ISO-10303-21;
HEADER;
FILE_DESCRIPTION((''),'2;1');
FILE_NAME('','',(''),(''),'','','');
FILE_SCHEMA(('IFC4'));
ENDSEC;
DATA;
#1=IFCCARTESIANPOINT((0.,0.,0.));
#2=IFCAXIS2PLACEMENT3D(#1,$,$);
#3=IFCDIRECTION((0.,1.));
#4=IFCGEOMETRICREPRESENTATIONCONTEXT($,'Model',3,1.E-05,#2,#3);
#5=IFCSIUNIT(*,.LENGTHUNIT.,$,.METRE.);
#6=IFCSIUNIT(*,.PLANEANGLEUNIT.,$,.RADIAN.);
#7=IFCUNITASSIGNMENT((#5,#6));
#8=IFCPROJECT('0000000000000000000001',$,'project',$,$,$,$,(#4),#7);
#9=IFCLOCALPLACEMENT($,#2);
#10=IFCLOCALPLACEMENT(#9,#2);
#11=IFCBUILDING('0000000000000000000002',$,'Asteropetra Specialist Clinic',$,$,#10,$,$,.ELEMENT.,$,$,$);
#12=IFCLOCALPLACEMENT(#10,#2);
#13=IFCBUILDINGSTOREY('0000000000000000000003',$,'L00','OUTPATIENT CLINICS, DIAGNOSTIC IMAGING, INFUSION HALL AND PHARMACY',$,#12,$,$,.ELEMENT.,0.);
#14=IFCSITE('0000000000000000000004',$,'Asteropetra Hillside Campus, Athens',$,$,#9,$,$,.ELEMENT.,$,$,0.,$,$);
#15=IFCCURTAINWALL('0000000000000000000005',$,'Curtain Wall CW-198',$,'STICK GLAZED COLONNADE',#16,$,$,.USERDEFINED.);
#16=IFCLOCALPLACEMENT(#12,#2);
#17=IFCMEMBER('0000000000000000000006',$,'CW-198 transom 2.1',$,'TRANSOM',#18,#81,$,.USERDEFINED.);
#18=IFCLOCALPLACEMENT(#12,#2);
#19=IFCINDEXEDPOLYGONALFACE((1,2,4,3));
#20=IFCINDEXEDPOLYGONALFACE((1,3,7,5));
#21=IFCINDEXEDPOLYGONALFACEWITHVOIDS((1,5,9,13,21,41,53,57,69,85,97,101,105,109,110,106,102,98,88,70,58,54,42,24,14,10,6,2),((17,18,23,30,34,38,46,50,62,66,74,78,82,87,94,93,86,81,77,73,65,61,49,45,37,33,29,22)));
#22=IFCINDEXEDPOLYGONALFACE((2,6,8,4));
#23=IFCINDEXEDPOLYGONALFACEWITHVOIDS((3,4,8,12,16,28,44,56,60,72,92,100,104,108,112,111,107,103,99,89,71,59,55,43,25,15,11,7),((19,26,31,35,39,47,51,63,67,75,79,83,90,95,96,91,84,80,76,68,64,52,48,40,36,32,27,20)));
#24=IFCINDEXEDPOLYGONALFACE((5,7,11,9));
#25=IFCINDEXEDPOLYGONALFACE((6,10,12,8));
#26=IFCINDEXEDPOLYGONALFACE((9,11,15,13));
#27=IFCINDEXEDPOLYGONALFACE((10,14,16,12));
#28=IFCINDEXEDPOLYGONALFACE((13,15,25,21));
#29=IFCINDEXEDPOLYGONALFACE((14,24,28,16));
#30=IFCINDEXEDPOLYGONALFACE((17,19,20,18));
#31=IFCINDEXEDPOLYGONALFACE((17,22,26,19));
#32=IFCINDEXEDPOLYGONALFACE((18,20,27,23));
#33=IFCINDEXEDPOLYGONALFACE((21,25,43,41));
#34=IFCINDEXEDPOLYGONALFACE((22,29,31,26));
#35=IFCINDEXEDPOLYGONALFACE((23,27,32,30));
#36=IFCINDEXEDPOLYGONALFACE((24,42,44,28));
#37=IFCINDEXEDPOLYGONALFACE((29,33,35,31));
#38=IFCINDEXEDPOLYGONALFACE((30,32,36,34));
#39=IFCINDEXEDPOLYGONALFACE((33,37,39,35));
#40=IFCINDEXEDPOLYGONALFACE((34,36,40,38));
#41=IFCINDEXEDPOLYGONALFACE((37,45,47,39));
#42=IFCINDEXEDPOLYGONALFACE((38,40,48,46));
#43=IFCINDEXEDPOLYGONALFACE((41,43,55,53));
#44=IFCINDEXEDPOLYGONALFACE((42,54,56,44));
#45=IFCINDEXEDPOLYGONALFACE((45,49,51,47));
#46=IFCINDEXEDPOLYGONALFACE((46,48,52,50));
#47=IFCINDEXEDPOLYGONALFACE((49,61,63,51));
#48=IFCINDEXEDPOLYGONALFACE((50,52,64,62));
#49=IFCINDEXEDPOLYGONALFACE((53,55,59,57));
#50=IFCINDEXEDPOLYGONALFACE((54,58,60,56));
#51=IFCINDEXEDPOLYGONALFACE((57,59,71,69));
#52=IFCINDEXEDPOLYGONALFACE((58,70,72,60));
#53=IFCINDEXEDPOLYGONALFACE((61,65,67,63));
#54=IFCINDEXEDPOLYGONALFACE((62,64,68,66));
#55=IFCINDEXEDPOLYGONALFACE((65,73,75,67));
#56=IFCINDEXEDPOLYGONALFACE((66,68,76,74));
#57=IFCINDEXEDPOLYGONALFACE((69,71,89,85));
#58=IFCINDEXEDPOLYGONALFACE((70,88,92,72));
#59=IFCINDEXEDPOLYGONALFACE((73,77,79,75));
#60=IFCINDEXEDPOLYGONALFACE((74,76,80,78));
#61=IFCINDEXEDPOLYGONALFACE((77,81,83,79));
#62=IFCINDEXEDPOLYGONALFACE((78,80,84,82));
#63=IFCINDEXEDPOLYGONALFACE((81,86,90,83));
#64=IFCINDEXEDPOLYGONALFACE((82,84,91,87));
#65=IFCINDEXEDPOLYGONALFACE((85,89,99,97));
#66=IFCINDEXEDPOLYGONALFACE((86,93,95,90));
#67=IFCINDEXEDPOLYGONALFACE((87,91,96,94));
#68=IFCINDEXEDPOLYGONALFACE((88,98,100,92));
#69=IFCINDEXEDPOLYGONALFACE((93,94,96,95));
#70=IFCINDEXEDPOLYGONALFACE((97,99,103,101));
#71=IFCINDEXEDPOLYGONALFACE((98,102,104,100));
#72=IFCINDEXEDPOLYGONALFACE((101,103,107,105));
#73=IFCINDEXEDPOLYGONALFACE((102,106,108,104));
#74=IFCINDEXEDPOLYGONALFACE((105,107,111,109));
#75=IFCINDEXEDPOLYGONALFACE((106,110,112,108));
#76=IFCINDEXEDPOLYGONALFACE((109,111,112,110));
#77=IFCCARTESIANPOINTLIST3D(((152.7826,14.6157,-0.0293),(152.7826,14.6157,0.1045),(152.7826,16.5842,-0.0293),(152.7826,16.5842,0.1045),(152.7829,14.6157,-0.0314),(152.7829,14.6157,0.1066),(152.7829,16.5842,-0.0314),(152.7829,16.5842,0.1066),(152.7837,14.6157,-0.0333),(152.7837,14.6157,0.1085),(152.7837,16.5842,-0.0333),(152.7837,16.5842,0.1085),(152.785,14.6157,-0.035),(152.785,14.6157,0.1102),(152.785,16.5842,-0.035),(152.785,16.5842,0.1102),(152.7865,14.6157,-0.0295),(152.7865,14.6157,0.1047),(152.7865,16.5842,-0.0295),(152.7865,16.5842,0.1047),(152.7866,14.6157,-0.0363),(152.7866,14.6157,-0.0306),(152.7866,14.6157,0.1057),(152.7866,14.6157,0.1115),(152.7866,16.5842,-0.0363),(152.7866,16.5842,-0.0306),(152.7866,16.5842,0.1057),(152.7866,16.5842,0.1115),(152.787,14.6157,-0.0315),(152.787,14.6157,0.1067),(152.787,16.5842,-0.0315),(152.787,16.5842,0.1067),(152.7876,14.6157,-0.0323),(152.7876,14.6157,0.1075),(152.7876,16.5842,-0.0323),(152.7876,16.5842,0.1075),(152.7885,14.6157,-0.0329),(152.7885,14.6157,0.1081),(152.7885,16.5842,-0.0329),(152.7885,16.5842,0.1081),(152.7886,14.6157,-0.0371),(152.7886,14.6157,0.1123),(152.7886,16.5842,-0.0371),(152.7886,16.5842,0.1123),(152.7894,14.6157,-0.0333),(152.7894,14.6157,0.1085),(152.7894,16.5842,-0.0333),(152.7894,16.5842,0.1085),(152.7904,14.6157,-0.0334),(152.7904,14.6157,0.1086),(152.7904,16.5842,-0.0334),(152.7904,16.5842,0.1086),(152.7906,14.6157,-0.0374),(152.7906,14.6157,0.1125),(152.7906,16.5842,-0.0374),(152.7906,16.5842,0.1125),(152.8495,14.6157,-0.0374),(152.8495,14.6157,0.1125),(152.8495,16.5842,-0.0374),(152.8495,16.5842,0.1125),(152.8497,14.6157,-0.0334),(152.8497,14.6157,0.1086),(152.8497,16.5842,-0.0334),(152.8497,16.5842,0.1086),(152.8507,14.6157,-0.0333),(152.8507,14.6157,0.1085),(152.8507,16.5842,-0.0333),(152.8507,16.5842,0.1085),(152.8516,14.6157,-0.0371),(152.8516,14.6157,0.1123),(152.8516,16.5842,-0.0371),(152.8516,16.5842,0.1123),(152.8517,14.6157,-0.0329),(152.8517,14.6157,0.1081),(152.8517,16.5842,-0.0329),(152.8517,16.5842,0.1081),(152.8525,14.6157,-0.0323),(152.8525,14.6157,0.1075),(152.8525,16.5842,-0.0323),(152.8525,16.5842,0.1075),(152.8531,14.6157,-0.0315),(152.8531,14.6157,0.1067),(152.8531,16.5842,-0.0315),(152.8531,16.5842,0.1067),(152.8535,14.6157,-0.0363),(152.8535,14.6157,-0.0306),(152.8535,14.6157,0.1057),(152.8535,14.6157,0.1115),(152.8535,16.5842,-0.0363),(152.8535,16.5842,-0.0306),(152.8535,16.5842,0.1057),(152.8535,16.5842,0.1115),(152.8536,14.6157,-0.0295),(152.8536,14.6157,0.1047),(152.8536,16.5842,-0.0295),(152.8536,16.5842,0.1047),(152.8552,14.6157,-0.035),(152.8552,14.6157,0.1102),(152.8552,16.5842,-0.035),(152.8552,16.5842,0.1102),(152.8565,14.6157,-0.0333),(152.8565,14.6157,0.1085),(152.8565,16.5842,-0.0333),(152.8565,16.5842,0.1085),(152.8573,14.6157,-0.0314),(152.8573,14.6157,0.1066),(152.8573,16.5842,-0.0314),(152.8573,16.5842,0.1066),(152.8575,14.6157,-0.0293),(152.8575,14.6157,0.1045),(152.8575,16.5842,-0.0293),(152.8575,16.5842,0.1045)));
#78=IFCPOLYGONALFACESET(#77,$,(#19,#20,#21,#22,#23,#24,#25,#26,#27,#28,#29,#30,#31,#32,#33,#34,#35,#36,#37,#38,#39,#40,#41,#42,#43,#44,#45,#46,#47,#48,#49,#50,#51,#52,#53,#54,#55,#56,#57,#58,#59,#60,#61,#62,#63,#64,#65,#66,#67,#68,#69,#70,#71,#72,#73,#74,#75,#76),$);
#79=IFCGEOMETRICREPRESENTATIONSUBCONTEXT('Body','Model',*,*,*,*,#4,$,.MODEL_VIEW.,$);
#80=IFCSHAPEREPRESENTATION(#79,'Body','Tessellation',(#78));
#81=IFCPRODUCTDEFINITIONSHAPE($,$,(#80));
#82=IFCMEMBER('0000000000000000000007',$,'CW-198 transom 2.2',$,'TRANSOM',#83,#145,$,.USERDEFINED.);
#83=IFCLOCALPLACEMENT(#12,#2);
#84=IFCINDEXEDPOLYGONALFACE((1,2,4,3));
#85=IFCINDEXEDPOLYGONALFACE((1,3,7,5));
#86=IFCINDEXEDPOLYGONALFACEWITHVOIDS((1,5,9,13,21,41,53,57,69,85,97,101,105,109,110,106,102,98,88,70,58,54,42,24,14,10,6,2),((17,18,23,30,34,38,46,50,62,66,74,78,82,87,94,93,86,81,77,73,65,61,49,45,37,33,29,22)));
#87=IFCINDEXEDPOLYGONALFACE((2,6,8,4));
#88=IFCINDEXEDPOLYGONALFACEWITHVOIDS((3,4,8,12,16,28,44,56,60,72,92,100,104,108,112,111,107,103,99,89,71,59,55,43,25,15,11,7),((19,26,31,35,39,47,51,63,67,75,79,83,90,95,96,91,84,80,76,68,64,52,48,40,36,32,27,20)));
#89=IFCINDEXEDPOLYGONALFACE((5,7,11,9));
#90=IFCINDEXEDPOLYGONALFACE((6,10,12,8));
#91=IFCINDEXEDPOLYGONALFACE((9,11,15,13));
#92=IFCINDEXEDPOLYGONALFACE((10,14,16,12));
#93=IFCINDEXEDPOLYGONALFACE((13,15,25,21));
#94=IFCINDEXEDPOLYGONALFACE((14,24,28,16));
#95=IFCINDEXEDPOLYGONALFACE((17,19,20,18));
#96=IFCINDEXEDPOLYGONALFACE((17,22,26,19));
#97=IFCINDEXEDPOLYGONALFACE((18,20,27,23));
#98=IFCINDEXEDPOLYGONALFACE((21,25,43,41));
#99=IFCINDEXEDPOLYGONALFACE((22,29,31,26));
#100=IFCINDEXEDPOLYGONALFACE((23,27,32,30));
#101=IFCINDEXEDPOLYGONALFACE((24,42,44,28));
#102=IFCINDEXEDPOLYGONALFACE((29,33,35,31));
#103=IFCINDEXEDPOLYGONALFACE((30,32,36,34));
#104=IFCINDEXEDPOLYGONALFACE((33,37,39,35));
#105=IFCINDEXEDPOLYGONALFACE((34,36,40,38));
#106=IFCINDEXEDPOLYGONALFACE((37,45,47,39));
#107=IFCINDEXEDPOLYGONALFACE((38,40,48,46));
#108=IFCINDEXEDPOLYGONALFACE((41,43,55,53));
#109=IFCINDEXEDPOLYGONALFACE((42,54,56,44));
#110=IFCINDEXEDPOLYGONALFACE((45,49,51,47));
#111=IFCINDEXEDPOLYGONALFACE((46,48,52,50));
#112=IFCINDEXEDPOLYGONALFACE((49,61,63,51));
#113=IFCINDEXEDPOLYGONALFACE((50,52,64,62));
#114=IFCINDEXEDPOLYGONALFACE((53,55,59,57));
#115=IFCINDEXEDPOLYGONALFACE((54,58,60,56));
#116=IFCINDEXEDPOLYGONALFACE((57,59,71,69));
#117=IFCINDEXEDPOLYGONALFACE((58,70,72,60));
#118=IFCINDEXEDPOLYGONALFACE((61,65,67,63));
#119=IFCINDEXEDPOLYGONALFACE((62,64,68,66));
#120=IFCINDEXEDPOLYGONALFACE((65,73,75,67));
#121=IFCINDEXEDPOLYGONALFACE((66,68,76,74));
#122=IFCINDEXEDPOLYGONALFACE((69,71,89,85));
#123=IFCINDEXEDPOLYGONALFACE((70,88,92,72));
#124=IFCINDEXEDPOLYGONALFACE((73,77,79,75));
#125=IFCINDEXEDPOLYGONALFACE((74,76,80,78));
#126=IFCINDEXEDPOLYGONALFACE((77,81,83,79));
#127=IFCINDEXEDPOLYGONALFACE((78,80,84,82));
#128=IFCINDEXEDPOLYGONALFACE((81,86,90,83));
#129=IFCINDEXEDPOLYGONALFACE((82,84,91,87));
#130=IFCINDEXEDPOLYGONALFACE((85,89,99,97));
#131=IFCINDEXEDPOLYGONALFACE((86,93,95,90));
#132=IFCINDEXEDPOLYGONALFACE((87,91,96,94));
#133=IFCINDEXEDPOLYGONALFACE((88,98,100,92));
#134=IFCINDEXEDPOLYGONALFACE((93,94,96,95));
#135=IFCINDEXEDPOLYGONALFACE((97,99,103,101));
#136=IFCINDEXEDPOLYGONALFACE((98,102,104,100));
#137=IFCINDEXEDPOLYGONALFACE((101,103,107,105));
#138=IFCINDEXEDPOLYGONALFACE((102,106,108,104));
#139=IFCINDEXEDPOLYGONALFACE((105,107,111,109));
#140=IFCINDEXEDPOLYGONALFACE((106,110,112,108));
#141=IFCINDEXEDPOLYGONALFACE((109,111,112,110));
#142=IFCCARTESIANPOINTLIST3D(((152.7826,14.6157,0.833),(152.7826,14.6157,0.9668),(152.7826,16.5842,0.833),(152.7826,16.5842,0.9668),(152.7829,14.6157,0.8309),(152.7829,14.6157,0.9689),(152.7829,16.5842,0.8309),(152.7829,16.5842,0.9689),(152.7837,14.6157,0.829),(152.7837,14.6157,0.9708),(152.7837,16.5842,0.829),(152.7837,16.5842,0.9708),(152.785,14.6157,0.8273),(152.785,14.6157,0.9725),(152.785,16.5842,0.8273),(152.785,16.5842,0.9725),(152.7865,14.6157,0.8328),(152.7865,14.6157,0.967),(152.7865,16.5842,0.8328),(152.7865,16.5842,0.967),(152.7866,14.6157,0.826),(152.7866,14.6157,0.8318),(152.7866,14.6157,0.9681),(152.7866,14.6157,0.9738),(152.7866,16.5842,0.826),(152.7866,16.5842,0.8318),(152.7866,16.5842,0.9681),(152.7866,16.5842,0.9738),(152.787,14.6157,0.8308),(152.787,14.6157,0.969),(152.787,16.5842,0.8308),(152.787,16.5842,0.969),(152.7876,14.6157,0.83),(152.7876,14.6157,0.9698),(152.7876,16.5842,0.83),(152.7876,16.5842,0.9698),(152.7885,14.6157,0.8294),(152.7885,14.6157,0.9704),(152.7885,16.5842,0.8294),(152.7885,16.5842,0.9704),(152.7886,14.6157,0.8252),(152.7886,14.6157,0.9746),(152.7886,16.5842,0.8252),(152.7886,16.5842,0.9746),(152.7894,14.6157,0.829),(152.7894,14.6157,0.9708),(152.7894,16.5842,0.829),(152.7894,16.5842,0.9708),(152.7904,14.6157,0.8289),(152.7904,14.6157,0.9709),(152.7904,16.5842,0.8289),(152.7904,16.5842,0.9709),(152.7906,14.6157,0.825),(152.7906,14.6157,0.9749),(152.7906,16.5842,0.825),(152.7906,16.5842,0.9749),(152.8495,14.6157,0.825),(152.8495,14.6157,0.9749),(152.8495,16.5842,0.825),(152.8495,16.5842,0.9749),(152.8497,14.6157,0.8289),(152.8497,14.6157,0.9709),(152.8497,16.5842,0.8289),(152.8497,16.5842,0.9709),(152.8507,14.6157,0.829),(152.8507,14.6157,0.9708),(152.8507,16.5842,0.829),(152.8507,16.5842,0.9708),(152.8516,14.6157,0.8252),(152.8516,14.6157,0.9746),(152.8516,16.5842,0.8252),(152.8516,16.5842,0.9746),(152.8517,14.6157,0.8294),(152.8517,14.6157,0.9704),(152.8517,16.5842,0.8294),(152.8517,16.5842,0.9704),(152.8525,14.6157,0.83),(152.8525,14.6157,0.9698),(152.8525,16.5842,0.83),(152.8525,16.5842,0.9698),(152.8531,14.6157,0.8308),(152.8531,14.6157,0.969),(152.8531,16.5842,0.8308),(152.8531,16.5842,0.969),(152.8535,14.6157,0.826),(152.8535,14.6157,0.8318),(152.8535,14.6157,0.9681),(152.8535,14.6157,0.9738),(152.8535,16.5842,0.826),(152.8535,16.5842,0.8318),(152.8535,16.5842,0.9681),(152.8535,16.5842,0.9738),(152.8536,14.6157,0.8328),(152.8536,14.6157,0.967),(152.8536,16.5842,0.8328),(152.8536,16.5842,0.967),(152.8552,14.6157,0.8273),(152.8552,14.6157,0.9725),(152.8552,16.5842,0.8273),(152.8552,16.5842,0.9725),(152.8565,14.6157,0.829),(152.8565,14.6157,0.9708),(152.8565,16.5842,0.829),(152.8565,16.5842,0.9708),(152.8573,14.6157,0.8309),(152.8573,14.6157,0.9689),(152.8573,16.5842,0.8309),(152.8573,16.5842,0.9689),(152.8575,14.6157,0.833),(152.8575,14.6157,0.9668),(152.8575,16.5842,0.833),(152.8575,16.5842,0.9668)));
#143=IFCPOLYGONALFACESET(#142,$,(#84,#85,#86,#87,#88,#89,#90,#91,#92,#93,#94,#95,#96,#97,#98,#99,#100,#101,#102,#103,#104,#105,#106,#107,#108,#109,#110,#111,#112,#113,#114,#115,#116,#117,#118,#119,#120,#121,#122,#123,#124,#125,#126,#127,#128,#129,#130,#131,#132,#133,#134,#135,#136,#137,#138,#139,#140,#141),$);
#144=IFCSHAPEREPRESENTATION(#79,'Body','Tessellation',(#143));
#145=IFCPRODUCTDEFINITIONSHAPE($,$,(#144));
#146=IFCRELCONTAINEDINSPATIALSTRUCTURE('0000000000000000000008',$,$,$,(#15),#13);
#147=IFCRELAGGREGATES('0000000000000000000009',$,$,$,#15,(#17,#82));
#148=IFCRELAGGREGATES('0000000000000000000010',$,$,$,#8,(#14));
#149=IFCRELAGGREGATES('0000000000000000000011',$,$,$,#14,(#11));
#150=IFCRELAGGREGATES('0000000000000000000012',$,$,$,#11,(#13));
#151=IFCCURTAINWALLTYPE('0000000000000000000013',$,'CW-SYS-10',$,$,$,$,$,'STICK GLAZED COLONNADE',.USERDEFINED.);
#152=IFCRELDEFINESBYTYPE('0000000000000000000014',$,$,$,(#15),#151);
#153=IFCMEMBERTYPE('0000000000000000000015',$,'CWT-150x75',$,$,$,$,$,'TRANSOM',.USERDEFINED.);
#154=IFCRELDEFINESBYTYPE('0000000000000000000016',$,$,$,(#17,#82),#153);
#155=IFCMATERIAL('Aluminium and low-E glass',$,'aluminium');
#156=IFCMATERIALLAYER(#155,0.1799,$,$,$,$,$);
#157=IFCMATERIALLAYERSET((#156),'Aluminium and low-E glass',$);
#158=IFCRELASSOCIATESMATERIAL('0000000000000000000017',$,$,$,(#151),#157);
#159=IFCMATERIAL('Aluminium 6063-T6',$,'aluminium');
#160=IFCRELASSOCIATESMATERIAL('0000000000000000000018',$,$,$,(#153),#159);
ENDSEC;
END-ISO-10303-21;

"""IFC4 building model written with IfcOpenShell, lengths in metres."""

from ifc_helpers import new_model, si_unit, direction, frame, origin, origin_2d, place, context, subcontext, project, spatial, hollow_rectangle, extrude, material, layer, layer_set, material_profile, profile_set, type_object, element, aggregate, save


model = new_model("IFC4")

# Units and contexts
model_context = context("Model", 3, precision=1e-05, world=origin(), true_north=direction((0.0, 1.0)))
body_context = subcontext(model_context, "Body", "Model", "MODEL_VIEW")
ifc_project = project(units=[si_unit("LENGTHUNIT", "METRE"), si_unit("PLANEANGLEUNIT", "RADIAN")], contexts=[model_context])

# Site, building, storey
site_placement = place(None, origin())
site = spatial("IfcSite", under=ifc_project, at=site_placement, Name="Asteropetra Hillside Campus, Athens", CompositionType="ELEMENT", RefElevation=0.0)
building_placement = place(site_placement, origin())
building = spatial("IfcBuilding", under=site, at=building_placement, Name="Asteropetra Specialist Clinic", CompositionType="ELEMENT")
storey_placement = place(building_placement, origin())
storey = spatial("IfcBuildingStorey", under=building, at=storey_placement, Name="L00", Description="OUTPATIENT CLINICS, DIAGNOSTIC IMAGING, INFUSION HALL AND PHARMACY", CompositionType="ELEMENT", Elevation=0.0)

# Shared definitions
ifc_material_1 = material(Name="Aluminium and low-E glass", Category="aluminium")
ifc_layer_1 = layer(ifc_material_1, 0.1799)
ifc_layer_set_1 = layer_set([ifc_layer_1], Name="Aluminium and low-E glass")
curtain_wall_type = type_object("IfcCurtainWallType", Name="CW-SYS-10", ElementType="STICK GLAZED COLONNADE", PredefinedType="USERDEFINED", material=ifc_layer_set_1)

# Curtain wall, members
curtain_wall_1_placement = place(storey_placement, origin())
curtain_wall_1 = element("IfcCurtainWall", 1, at=curtain_wall_1_placement, inside=storey, type_object=curtain_wall_type, Name="Curtain Wall CW-198", ObjectType="STICK GLAZED COLONNADE", PredefinedType="USERDEFINED")
ifc_material_2 = material(Name="Aluminium 6063-T6", Category="aluminium")
ifc_material_profile_1 = material_profile(ifc_material_2, hollow_rectangle(XDim=0.075, YDim=0.1499, WallThickness=0.0039, InnerFilletRadius=0.0039, OuterFilletRadius=0.0081, at=origin_2d()), Name="TRN 150x75x4.0")
ifc_profile_set_1 = profile_set([ifc_material_profile_1], Name="Aluminium 6063-T6")
member_type_1 = type_object("IfcMemberType", Name="CWT-150x75", ElementType="TRANSOM", PredefinedType="USERDEFINED", material=ifc_profile_set_1)
member_1_placement = place(storey_placement, frame((152.8201, 14.6157, 0.0376), z_axis=(0.0, 1.0, 0.0), x_axis=(-1.0, 0.0, 0.0)))
member_1 = element("IfcMember", 2, at=member_1_placement, type_object=member_type_1, Name="CW-198 transom 2.1", ObjectType="TRANSOM", PredefinedType="USERDEFINED", context=body_context, shape_type="SweptSolid", body=[
    extrude(hollow_rectangle(XDim=0.075, YDim=0.1499, WallThickness=0.0039, InnerFilletRadius=0.0039, OuterFilletRadius=0.0081, at=origin_2d()), origin(), (0.0, 0.0, 1.0), 1.9685),
])
member_2_placement = place(storey_placement, frame((152.8201, 14.6157, 0.8999), z_axis=(0.0, 1.0, 0.0), x_axis=(-1.0, 0.0, 0.0)))
member_2 = element("IfcMember", 3, at=member_2_placement, type_object=member_type_1, Name="CW-198 transom 2.2", ObjectType="TRANSOM", PredefinedType="USERDEFINED", context=body_context, shape_type="SweptSolid", body=[
    extrude(hollow_rectangle(XDim=0.075, YDim=0.1499, WallThickness=0.0039, InnerFilletRadius=0.0039, OuterFilletRadius=0.0081, at=origin_2d()), origin(), (0.0, 0.0, 1.0), 1.9685),
])
aggregate(curtain_wall_1, [member_1, member_2])

save(model, "model.ifc")
